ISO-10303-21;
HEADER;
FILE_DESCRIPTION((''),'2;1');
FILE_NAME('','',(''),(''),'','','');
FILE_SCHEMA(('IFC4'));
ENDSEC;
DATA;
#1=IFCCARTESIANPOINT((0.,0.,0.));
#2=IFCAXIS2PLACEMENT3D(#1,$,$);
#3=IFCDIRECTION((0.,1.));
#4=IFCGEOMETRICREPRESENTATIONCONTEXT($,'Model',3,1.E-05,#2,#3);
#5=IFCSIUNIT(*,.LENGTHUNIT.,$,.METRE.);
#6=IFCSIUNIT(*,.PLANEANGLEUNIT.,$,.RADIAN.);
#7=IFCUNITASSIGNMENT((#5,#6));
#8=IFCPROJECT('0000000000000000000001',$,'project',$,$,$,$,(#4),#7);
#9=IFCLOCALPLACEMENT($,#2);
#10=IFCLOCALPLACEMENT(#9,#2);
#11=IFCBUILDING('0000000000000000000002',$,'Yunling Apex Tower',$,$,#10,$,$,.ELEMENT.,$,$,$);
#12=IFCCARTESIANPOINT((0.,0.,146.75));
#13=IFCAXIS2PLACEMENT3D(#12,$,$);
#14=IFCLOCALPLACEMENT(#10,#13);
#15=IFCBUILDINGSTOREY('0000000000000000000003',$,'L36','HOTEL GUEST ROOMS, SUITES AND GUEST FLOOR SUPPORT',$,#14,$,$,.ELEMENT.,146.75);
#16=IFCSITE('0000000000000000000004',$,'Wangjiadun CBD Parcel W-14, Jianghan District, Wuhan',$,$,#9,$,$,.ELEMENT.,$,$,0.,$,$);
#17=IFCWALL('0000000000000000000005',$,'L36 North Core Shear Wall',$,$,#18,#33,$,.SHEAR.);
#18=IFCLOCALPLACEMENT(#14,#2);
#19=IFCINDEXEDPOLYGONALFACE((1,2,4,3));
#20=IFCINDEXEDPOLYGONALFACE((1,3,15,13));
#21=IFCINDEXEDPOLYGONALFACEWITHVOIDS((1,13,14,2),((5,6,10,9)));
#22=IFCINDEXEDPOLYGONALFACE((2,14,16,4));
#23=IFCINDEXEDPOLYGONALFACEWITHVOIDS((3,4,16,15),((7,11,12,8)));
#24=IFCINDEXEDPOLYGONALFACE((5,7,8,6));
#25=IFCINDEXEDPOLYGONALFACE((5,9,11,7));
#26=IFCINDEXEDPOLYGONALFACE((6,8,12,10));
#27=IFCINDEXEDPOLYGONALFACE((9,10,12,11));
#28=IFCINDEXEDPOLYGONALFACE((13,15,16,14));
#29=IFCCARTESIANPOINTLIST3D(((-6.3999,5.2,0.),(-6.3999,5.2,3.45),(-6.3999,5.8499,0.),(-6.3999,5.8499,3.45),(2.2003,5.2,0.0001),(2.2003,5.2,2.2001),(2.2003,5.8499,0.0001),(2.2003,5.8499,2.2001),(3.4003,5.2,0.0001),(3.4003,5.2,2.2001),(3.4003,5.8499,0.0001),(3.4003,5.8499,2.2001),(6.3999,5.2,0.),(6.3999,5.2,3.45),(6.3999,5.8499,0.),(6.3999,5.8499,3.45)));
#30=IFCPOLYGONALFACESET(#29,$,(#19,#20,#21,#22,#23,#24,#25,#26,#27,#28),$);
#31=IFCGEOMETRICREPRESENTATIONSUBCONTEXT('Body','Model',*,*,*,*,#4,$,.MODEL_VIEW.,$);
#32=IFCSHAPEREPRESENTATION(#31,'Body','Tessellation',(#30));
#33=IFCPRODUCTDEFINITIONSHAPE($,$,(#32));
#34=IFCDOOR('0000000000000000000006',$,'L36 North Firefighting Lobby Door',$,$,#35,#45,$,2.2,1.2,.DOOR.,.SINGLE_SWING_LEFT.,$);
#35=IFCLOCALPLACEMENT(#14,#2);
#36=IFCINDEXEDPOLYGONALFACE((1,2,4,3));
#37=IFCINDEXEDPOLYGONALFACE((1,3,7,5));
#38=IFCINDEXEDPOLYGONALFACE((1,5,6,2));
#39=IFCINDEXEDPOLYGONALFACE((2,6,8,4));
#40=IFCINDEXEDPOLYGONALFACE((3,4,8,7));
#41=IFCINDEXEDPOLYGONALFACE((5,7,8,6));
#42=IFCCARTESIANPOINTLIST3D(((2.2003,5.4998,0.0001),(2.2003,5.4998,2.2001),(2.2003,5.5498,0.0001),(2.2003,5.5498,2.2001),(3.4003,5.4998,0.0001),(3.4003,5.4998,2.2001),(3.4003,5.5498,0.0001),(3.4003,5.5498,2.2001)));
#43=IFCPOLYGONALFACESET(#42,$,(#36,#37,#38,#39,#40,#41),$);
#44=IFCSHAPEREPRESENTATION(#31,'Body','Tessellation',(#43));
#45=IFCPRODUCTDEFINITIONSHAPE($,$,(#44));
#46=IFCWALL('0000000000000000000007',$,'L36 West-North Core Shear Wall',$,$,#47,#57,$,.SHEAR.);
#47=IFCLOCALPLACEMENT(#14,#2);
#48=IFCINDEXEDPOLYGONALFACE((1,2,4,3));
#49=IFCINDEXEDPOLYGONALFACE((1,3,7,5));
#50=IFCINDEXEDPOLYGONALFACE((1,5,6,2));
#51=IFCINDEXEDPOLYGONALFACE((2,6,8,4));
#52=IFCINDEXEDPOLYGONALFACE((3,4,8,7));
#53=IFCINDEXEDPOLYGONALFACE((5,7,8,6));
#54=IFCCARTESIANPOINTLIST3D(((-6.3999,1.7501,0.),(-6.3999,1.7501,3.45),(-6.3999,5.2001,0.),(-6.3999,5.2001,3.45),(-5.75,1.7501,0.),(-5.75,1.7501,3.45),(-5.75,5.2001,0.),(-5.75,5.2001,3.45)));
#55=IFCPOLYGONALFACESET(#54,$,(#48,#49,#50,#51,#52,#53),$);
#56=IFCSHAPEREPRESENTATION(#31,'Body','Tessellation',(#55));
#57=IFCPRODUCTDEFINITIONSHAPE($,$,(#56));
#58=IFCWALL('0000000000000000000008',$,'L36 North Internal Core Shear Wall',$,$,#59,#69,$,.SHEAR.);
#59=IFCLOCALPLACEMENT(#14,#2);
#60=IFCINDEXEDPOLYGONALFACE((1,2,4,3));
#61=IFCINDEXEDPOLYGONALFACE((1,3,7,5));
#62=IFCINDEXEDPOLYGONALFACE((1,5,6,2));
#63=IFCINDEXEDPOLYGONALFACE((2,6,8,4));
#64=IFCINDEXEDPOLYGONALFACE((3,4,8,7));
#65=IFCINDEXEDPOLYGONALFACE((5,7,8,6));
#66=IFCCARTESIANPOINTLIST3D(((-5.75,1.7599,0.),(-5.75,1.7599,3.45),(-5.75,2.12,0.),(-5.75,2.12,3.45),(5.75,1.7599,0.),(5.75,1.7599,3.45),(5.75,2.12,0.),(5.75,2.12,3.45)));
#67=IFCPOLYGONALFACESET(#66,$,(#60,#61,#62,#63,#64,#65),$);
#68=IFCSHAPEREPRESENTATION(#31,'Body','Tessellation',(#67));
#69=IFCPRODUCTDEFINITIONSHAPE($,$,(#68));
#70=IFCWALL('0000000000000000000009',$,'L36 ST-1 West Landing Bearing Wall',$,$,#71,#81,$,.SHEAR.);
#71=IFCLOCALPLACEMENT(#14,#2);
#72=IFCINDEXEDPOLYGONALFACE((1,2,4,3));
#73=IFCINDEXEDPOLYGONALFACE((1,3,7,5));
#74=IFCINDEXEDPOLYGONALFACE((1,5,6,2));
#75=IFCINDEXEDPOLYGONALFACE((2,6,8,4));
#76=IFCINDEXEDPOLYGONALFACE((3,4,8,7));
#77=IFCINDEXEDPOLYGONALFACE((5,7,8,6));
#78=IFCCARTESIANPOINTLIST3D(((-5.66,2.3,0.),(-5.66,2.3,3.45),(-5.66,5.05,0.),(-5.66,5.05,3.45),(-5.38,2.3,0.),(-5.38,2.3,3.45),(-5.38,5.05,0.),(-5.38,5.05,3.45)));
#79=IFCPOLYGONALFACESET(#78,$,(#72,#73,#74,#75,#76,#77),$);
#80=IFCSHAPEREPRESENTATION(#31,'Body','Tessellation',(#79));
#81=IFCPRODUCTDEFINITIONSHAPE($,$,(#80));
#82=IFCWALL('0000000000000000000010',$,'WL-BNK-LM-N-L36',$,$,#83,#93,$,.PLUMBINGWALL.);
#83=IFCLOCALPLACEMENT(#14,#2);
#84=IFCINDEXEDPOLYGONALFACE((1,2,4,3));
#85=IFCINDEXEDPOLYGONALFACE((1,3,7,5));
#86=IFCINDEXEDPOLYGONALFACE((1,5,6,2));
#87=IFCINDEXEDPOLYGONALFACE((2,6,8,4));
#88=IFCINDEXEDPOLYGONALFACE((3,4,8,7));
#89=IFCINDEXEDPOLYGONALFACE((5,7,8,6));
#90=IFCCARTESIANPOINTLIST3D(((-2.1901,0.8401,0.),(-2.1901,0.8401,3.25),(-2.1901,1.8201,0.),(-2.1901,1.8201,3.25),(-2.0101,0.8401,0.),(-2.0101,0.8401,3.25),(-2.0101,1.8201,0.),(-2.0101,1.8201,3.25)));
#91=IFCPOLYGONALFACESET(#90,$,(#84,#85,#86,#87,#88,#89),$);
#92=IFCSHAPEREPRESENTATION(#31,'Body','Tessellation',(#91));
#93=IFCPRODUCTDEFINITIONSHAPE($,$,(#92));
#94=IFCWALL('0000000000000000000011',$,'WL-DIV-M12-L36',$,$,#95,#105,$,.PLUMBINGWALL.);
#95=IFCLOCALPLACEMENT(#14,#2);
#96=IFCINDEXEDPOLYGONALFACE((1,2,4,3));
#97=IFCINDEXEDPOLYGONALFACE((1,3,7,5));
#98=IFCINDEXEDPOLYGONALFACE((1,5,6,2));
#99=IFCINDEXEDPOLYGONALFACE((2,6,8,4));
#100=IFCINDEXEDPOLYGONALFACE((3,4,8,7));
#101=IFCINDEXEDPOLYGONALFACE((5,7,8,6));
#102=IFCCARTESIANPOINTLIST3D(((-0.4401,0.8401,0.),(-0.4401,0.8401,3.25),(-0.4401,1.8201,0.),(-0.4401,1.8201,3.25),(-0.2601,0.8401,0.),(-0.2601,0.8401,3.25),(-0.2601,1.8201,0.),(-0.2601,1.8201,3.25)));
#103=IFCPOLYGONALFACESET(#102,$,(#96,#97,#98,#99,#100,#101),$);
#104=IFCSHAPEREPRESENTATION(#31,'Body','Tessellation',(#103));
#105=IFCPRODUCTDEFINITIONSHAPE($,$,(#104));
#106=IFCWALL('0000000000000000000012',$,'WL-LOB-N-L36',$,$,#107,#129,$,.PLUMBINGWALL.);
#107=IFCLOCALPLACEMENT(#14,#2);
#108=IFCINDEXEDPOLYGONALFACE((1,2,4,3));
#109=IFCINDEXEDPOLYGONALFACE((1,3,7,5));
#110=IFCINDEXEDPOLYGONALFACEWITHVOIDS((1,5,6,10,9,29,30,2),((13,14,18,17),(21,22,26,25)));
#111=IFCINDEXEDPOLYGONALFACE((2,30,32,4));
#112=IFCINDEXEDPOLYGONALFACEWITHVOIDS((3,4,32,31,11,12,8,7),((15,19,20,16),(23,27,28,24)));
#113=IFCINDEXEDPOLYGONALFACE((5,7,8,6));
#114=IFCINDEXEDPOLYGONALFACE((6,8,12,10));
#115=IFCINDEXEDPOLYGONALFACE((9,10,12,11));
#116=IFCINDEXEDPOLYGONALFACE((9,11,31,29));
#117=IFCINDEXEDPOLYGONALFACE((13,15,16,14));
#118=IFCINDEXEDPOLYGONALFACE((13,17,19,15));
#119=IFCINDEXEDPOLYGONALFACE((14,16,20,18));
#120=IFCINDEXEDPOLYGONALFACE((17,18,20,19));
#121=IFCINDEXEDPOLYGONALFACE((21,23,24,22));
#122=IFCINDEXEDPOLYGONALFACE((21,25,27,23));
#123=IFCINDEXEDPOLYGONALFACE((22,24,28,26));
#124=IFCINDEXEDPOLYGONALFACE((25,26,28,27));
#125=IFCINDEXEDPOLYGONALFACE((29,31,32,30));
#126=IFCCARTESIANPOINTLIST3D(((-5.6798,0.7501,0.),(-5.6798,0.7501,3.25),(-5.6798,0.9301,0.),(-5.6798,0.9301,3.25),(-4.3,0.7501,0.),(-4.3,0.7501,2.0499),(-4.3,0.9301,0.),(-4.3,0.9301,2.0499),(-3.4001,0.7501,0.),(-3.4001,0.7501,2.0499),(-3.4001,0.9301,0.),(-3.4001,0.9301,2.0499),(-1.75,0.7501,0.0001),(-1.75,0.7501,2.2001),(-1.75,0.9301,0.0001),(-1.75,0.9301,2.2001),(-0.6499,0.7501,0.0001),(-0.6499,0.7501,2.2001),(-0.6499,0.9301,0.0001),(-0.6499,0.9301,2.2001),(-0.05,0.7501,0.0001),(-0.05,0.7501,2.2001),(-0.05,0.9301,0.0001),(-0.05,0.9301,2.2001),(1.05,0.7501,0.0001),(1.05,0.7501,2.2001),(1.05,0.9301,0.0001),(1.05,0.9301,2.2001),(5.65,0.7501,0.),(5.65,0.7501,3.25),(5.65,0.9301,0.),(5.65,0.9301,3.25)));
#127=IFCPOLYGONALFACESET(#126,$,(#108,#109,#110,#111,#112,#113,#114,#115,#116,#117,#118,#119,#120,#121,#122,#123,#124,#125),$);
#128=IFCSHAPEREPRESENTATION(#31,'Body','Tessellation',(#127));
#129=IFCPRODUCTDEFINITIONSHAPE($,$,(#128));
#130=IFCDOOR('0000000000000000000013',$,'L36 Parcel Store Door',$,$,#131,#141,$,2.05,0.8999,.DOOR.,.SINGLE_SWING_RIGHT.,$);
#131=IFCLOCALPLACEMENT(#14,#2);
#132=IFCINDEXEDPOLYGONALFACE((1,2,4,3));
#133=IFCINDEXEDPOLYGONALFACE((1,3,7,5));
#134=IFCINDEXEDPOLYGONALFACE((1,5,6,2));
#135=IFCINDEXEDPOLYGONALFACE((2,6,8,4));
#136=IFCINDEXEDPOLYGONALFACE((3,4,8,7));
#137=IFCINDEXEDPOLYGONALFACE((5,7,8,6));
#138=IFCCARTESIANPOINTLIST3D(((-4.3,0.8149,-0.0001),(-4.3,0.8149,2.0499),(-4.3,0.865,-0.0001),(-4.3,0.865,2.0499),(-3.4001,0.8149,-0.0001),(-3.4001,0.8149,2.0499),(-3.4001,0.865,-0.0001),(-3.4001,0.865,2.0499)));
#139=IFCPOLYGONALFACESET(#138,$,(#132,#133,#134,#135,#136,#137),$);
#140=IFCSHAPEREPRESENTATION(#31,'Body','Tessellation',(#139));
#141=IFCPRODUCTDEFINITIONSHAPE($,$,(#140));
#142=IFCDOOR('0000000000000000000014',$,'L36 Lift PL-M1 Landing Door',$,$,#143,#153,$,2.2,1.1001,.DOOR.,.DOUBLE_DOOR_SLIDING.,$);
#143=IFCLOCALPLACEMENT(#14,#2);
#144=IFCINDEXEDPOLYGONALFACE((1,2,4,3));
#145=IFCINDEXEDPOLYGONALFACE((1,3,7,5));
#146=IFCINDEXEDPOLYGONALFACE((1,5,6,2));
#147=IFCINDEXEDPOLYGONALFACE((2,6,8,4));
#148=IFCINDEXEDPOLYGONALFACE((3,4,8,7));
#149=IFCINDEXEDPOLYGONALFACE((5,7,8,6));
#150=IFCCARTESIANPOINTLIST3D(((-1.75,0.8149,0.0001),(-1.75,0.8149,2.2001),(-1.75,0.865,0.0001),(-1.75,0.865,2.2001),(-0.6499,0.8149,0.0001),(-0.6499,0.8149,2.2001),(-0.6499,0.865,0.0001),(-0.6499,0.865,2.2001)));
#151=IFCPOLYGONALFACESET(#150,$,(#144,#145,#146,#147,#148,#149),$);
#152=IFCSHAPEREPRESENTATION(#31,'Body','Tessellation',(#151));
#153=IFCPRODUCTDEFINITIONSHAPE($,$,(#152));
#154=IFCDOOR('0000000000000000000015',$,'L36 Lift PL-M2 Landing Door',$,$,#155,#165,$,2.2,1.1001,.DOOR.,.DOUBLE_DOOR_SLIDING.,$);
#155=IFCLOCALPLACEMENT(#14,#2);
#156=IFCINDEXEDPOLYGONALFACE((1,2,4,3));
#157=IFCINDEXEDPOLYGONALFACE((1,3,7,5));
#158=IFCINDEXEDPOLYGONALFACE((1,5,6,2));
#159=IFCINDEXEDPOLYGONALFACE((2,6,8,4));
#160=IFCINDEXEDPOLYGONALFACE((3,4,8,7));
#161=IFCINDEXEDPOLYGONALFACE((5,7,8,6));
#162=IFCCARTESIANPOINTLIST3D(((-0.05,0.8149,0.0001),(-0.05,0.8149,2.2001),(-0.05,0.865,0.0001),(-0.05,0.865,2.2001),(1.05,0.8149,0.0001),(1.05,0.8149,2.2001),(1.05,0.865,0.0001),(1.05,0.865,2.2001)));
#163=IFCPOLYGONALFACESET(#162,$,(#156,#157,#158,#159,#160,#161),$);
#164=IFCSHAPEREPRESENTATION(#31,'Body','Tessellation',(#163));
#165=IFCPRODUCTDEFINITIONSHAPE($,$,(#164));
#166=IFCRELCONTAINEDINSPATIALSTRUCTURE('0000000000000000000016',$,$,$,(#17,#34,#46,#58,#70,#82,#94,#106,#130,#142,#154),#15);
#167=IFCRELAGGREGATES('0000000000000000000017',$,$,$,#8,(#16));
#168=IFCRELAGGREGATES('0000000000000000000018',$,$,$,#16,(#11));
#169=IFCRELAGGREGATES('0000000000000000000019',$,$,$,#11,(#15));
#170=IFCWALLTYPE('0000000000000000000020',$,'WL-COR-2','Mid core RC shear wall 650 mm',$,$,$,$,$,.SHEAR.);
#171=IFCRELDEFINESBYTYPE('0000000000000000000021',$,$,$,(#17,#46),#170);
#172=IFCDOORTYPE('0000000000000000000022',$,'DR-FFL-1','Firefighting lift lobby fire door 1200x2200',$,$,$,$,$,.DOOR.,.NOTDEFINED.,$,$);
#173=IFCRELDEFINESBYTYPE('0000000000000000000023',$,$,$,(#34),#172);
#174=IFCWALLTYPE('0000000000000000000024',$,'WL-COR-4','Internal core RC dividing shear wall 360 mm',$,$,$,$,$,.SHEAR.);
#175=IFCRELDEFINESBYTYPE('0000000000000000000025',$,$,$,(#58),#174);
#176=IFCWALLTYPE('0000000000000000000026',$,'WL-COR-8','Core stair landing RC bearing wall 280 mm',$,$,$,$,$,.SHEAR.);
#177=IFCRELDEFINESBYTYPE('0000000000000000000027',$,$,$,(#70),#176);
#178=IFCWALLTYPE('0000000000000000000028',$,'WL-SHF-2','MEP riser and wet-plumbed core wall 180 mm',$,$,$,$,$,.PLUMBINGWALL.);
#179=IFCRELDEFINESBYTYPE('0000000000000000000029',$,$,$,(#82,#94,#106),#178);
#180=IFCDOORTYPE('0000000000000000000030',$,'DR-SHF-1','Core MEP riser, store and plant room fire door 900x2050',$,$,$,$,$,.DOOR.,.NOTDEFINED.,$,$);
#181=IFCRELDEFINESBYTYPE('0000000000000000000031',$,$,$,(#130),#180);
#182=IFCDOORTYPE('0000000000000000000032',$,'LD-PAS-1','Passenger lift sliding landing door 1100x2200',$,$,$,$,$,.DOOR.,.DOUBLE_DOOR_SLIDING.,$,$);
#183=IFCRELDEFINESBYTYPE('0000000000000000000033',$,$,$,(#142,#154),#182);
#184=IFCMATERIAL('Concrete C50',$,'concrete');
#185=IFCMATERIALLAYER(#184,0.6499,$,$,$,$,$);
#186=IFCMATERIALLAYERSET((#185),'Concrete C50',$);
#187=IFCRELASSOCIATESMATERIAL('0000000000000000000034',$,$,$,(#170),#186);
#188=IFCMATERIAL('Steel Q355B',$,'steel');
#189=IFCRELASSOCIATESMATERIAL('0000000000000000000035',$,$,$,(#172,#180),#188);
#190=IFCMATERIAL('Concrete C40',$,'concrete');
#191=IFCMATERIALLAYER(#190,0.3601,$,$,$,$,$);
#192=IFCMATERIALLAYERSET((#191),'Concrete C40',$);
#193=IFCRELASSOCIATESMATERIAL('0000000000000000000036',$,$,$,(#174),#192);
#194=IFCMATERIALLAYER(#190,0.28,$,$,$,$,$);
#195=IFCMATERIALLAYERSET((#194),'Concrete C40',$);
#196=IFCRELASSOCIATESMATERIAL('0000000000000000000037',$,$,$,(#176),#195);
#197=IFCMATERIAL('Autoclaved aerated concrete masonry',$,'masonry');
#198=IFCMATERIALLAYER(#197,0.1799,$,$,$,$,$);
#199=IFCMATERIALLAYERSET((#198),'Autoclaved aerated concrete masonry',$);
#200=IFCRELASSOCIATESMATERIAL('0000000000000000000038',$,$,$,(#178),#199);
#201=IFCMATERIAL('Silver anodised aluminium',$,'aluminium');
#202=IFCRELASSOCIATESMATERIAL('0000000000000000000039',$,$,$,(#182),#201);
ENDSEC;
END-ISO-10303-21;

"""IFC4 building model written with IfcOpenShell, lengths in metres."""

from ifc_helpers import new_model, si_unit, direction, frame, frame_2d, origin, place, context, subcontext, project, spatial, rectangle, extrude, material, layer, layer_set, type_object, element, fill, save


model = new_model("IFC4")

# Units and contexts
model_context = context("Model", 3, precision=1e-05, world=origin(), true_north=direction((0.0, 1.0)))
body_context = subcontext(model_context, "Body", "Model", "MODEL_VIEW")
ifc_project = project(units=[si_unit("LENGTHUNIT", "METRE"), si_unit("PLANEANGLEUNIT", "RADIAN")], contexts=[model_context])

# Site, building, storey
site_placement = place(None, origin())
site = spatial("IfcSite", under=ifc_project, at=site_placement, Name="Wangjiadun CBD Parcel W-14, Jianghan District, Wuhan", CompositionType="ELEMENT", RefElevation=0.0)
building_placement = place(site_placement, origin())
building = spatial("IfcBuilding", under=site, at=building_placement, Name="Yunling Apex Tower", CompositionType="ELEMENT")
storey_placement = place(building_placement, frame((0.0, 0.0, 146.75)))
storey = spatial("IfcBuildingStorey", under=building, at=storey_placement, Name="L36", Description="HOTEL GUEST ROOMS, SUITES AND GUEST FLOOR SUPPORT", CompositionType="ELEMENT", Elevation=146.75)

# Shared definitions
ifc_material_1 = material(Name="Concrete C50", Category="concrete")

# Shared definitions
ifc_material_2 = material(Name="Steel Q355B", Category="steel")

# Wall, opening, door
ifc_layer_1 = layer(ifc_material_1, 0.6499)
ifc_layer_set_1 = layer_set([ifc_layer_1], Name="Concrete C50")
wall_type_1 = type_object("IfcWallType", Name="WL-COR-2", Description="Mid core RC shear wall 650 mm", PredefinedType="SHEAR", material=ifc_layer_set_1)
wall_1_placement = place(storey_placement, frame((-6.3999, 5.5249, 0.0), z_axis=(0.0, 0.0, 1.0), x_axis=(1.0, 0.0, 0.0)))
wall_1 = element("IfcWall", 1, at=wall_1_placement, inside=storey, type_object=wall_type_1, Name="L36 North Core Shear Wall", PredefinedType="SHEAR", context=body_context, shape_type="SweptSolid", body=[
    extrude(rectangle(XDim=12.7998, YDim=0.6499, at=frame_2d((6.3999, 0.0))), origin(), (0.0, 0.0, 1.0), 3.45),
])
opening_1_placement = place(wall_1_placement, frame((8.6001, 0.0, 0.0)))
opening_1 = element("IfcOpeningElement", 2, at=opening_1_placement, cuts=wall_1, PredefinedType="OPENING", context=body_context, shape_type="SweptSolid", body=[
    extrude(rectangle(XDim=1.2, YDim=2.2, at=frame_2d((0.6001, 1.1001))), frame((0.0, 0.335, 0.0), z_axis=(0.0, -1.0, 0.0), x_axis=(1.0, 0.0, 0.0)), (0.0, 0.0, 1.0), 0.6699),
])
door_type_1 = type_object("IfcDoorType", Name="DR-FFL-1", Description="Firefighting lift lobby fire door 1200x2200", OperationType="NOTDEFINED", PredefinedType="DOOR", material=ifc_material_2)
door_1_placement = place(opening_1_placement, origin())
door_1 = element("IfcDoor", 3, at=door_1_placement, inside=storey, type_object=door_type_1, Name="L36 North Firefighting Lobby Door", OperationType="SINGLE_SWING_LEFT", OverallHeight=2.2, OverallWidth=1.2, PredefinedType="DOOR", context=body_context, shape_type="SweptSolid", body=[
    extrude(rectangle(XDim=1.2, YDim=2.2, at=frame_2d((0.6001, 1.1001))), frame((0.0, 0.0249, 0.0), z_axis=(0.0, -1.0, 0.0), x_axis=(1.0, 0.0, 0.0)), (0.0, 0.0, 1.0), 0.05),
])
fill(opening_1, door_1)

# Walls
wall_2_placement = place(storey_placement, frame((-6.075, 1.75, 0.0), z_axis=(0.0, 0.0, 1.0), x_axis=(0.0, 1.0, 0.0)))
element("IfcWall", 4, at=wall_2_placement, inside=storey, type_object=wall_type_1, Name="L36 West-North Core Shear Wall", PredefinedType="SHEAR", context=body_context, shape_type="SweptSolid", body=[
    extrude(rectangle(XDim=3.45, YDim=0.6499, at=frame_2d((1.7251, 0.0))), origin(), (0.0, 0.0, 1.0), 3.45),
])
ifc_material_3 = material(Name="Concrete C40", Category="concrete")
ifc_layer_2 = layer(ifc_material_3, 0.3601)
ifc_layer_set_2 = layer_set([ifc_layer_2], Name="Concrete C40")
wall_type_2 = type_object("IfcWallType", Name="WL-COR-4", Description="Internal core RC dividing shear wall 360 mm", PredefinedType="SHEAR", material=ifc_layer_set_2)
wall_3_placement = place(storey_placement, frame((-5.75, 1.9399, 0.0), z_axis=(0.0, 0.0, 1.0), x_axis=(1.0, 0.0, 0.0)))
element("IfcWall", 5, at=wall_3_placement, inside=storey, type_object=wall_type_2, Name="L36 North Internal Core Shear Wall", PredefinedType="SHEAR", context=body_context, shape_type="SweptSolid", body=[
    extrude(rectangle(XDim=11.5, YDim=0.3601, at=frame_2d((5.75, 0.0))), origin(), (0.0, 0.0, 1.0), 3.45),
])
ifc_layer_3 = layer(ifc_material_3, 0.28)
ifc_layer_set_3 = layer_set([ifc_layer_3], Name="Concrete C40")
wall_type_3 = type_object("IfcWallType", Name="WL-COR-8", Description="Core stair landing RC bearing wall 280 mm", PredefinedType="SHEAR", material=ifc_layer_set_3)
wall_4_placement = place(storey_placement, frame((-5.52, 2.3, 0.0), z_axis=(0.0, 0.0, 1.0), x_axis=(0.0, 1.0, 0.0)))
element("IfcWall", 6, at=wall_4_placement, inside=storey, type_object=wall_type_3, Name="L36 ST-1 West Landing Bearing Wall", PredefinedType="SHEAR", context=body_context, shape_type="SweptSolid", body=[
    extrude(rectangle(XDim=2.75, YDim=0.28, at=frame_2d((1.375, 0.0))), origin(), (0.0, 0.0, 1.0), 3.45),
])
ifc_material_4 = material(Name="Autoclaved aerated concrete masonry", Category="masonry")
ifc_layer_4 = layer(ifc_material_4, 0.1799)
ifc_layer_set_4 = layer_set([ifc_layer_4], Name="Autoclaved aerated concrete masonry")
wall_type_4 = type_object("IfcWallType", Name="WL-SHF-2", Description="MEP riser and wet-plumbed core wall 180 mm", PredefinedType="PLUMBINGWALL", material=ifc_layer_set_4)
for number, where, z_axis, x_axis, name in (
    (7, (-2.1001, 0.8401, 0.0), (0.0, 0.0, 1.0), (0.0, 1.0, 0.0), "WL-BNK-LM-N-L36"),
    (8, (-0.3501, 0.8401, 0.0), (0.0, 0.0, 1.0), (0.0, 1.0, 0.0), "WL-DIV-M12-L36"),
):
    element("IfcWall", number, at=place(storey_placement, frame(where, z_axis=z_axis, x_axis=x_axis)), inside=storey, type_object=wall_type_4, Name=name, PredefinedType="PLUMBINGWALL", context=body_context, shape_type="SweptSolid", body=[
        extrude(rectangle(XDim=0.98, YDim=0.1799, at=frame_2d((0.49, 0.0))), origin(), (0.0, 0.0, 1.0), 3.25),
    ])

# Wall, openings, doors
wall_5_placement = place(storey_placement, frame((-5.6799, 0.8401, 0.0), z_axis=(0.0, 0.0, 1.0), x_axis=(1.0, 0.0, 0.0)))
wall_5 = element("IfcWall", 9, at=wall_5_placement, inside=storey, type_object=wall_type_4, Name="WL-LOB-N-L36", PredefinedType="PLUMBINGWALL", context=body_context, shape_type="SweptSolid", body=[
    extrude(rectangle(XDim=11.3298, YDim=0.1799, at=frame_2d((5.665, 0.0))), origin(), (0.0, 0.0, 1.0), 3.25),
])
opening_2_placement = place(wall_5_placement, frame((1.3799, 0.0, 0.0)))
opening_2 = element("IfcOpeningElement", 10, at=opening_2_placement, cuts=wall_5, PredefinedType="OPENING", context=body_context, shape_type="SweptSolid", body=[
    extrude(rectangle(XDim=0.8999, YDim=2.05, at=frame_2d((0.45, 1.0249))), frame((0.0, 0.1001, 0.0), z_axis=(0.0, -1.0, 0.0), x_axis=(1.0, 0.0, 0.0)), (0.0, 0.0, 1.0), 0.2),
])
opening_3_placement = place(wall_5_placement, frame((3.9299, 0.0, 0.0)))
opening_3 = element("IfcOpeningElement", 11, at=opening_3_placement, cuts=wall_5, PredefinedType="OPENING", context=body_context, shape_type="SweptSolid", body=[
    extrude(rectangle(XDim=1.1001, YDim=2.2, at=frame_2d((0.55, 1.1001))), frame((0.0, 0.1001, 0.0), z_axis=(0.0, -1.0, 0.0), x_axis=(1.0, 0.0, 0.0)), (0.0, 0.0, 1.0), 0.2),
])
opening_4_placement = place(wall_5_placement, frame((5.6299, 0.0, 0.0)))
opening_4 = element("IfcOpeningElement", 12, at=opening_4_placement, cuts=wall_5, PredefinedType="OPENING", context=body_context, shape_type="SweptSolid", body=[
    extrude(rectangle(XDim=1.1001, YDim=2.2, at=frame_2d((0.55, 1.1001))), frame((0.0, 0.1001, 0.0), z_axis=(0.0, -1.0, 0.0), x_axis=(1.0, 0.0, 0.0)), (0.0, 0.0, 1.0), 0.2),
])
door_type_2 = type_object("IfcDoorType", Name="DR-SHF-1", Description="Core MEP riser, store and plant room fire door 900x2050", OperationType="NOTDEFINED", PredefinedType="DOOR", material=ifc_material_2)
door_2_placement = place(opening_2_placement, origin())
door_2 = element("IfcDoor", 13, at=door_2_placement, inside=storey, type_object=door_type_2, Name="L36 Parcel Store Door", OperationType="SINGLE_SWING_RIGHT", OverallHeight=2.05, OverallWidth=0.8999, PredefinedType="DOOR", context=body_context, shape_type="SweptSolid", body=[
    extrude(rectangle(XDim=0.8999, YDim=2.05, at=frame_2d((0.45, 1.0249))), frame((0.0, 0.0249, 0.0), z_axis=(0.0, -1.0, 0.0), x_axis=(1.0, 0.0, 0.0)), (0.0, 0.0, 1.0), 0.05),
])
fill(opening_2, door_2)
ifc_material_5 = material(Name="Silver anodised aluminium", Category="aluminium")
door_type_3 = type_object("IfcDoorType", Name="LD-PAS-1", Description="Passenger lift sliding landing door 1100x2200", OperationType="DOUBLE_DOOR_SLIDING", PredefinedType="DOOR", material=ifc_material_5)
door_3_placement = place(opening_3_placement, origin())
door_3 = element("IfcDoor", 14, at=door_3_placement, inside=storey, type_object=door_type_3, Name="L36 Lift PL-M1 Landing Door", OperationType="DOUBLE_DOOR_SLIDING", OverallHeight=2.2, OverallWidth=1.1001, PredefinedType="DOOR", context=body_context, shape_type="SweptSolid", body=[
    extrude(rectangle(XDim=1.1001, YDim=2.2, at=frame_2d((0.55, 1.1001))), frame((0.0, 0.0249, 0.0), z_axis=(0.0, -1.0, 0.0), x_axis=(1.0, 0.0, 0.0)), (0.0, 0.0, 1.0), 0.05),
])
fill(opening_3, door_3)
door_4_placement = place(opening_4_placement, origin())
door_4 = element("IfcDoor", 15, at=door_4_placement, inside=storey, type_object=door_type_3, Name="L36 Lift PL-M2 Landing Door", OperationType="DOUBLE_DOOR_SLIDING", OverallHeight=2.2, OverallWidth=1.1001, PredefinedType="DOOR", context=body_context, shape_type="SweptSolid", body=[
    extrude(rectangle(XDim=1.1001, YDim=2.2, at=frame_2d((0.55, 1.1001))), frame((0.0, 0.0249, 0.0), z_axis=(0.0, -1.0, 0.0), x_axis=(1.0, 0.0, 0.0)), (0.0, 0.0, 1.0), 0.05),
])
fill(opening_4, door_4)

save(model, "model.ifc")
